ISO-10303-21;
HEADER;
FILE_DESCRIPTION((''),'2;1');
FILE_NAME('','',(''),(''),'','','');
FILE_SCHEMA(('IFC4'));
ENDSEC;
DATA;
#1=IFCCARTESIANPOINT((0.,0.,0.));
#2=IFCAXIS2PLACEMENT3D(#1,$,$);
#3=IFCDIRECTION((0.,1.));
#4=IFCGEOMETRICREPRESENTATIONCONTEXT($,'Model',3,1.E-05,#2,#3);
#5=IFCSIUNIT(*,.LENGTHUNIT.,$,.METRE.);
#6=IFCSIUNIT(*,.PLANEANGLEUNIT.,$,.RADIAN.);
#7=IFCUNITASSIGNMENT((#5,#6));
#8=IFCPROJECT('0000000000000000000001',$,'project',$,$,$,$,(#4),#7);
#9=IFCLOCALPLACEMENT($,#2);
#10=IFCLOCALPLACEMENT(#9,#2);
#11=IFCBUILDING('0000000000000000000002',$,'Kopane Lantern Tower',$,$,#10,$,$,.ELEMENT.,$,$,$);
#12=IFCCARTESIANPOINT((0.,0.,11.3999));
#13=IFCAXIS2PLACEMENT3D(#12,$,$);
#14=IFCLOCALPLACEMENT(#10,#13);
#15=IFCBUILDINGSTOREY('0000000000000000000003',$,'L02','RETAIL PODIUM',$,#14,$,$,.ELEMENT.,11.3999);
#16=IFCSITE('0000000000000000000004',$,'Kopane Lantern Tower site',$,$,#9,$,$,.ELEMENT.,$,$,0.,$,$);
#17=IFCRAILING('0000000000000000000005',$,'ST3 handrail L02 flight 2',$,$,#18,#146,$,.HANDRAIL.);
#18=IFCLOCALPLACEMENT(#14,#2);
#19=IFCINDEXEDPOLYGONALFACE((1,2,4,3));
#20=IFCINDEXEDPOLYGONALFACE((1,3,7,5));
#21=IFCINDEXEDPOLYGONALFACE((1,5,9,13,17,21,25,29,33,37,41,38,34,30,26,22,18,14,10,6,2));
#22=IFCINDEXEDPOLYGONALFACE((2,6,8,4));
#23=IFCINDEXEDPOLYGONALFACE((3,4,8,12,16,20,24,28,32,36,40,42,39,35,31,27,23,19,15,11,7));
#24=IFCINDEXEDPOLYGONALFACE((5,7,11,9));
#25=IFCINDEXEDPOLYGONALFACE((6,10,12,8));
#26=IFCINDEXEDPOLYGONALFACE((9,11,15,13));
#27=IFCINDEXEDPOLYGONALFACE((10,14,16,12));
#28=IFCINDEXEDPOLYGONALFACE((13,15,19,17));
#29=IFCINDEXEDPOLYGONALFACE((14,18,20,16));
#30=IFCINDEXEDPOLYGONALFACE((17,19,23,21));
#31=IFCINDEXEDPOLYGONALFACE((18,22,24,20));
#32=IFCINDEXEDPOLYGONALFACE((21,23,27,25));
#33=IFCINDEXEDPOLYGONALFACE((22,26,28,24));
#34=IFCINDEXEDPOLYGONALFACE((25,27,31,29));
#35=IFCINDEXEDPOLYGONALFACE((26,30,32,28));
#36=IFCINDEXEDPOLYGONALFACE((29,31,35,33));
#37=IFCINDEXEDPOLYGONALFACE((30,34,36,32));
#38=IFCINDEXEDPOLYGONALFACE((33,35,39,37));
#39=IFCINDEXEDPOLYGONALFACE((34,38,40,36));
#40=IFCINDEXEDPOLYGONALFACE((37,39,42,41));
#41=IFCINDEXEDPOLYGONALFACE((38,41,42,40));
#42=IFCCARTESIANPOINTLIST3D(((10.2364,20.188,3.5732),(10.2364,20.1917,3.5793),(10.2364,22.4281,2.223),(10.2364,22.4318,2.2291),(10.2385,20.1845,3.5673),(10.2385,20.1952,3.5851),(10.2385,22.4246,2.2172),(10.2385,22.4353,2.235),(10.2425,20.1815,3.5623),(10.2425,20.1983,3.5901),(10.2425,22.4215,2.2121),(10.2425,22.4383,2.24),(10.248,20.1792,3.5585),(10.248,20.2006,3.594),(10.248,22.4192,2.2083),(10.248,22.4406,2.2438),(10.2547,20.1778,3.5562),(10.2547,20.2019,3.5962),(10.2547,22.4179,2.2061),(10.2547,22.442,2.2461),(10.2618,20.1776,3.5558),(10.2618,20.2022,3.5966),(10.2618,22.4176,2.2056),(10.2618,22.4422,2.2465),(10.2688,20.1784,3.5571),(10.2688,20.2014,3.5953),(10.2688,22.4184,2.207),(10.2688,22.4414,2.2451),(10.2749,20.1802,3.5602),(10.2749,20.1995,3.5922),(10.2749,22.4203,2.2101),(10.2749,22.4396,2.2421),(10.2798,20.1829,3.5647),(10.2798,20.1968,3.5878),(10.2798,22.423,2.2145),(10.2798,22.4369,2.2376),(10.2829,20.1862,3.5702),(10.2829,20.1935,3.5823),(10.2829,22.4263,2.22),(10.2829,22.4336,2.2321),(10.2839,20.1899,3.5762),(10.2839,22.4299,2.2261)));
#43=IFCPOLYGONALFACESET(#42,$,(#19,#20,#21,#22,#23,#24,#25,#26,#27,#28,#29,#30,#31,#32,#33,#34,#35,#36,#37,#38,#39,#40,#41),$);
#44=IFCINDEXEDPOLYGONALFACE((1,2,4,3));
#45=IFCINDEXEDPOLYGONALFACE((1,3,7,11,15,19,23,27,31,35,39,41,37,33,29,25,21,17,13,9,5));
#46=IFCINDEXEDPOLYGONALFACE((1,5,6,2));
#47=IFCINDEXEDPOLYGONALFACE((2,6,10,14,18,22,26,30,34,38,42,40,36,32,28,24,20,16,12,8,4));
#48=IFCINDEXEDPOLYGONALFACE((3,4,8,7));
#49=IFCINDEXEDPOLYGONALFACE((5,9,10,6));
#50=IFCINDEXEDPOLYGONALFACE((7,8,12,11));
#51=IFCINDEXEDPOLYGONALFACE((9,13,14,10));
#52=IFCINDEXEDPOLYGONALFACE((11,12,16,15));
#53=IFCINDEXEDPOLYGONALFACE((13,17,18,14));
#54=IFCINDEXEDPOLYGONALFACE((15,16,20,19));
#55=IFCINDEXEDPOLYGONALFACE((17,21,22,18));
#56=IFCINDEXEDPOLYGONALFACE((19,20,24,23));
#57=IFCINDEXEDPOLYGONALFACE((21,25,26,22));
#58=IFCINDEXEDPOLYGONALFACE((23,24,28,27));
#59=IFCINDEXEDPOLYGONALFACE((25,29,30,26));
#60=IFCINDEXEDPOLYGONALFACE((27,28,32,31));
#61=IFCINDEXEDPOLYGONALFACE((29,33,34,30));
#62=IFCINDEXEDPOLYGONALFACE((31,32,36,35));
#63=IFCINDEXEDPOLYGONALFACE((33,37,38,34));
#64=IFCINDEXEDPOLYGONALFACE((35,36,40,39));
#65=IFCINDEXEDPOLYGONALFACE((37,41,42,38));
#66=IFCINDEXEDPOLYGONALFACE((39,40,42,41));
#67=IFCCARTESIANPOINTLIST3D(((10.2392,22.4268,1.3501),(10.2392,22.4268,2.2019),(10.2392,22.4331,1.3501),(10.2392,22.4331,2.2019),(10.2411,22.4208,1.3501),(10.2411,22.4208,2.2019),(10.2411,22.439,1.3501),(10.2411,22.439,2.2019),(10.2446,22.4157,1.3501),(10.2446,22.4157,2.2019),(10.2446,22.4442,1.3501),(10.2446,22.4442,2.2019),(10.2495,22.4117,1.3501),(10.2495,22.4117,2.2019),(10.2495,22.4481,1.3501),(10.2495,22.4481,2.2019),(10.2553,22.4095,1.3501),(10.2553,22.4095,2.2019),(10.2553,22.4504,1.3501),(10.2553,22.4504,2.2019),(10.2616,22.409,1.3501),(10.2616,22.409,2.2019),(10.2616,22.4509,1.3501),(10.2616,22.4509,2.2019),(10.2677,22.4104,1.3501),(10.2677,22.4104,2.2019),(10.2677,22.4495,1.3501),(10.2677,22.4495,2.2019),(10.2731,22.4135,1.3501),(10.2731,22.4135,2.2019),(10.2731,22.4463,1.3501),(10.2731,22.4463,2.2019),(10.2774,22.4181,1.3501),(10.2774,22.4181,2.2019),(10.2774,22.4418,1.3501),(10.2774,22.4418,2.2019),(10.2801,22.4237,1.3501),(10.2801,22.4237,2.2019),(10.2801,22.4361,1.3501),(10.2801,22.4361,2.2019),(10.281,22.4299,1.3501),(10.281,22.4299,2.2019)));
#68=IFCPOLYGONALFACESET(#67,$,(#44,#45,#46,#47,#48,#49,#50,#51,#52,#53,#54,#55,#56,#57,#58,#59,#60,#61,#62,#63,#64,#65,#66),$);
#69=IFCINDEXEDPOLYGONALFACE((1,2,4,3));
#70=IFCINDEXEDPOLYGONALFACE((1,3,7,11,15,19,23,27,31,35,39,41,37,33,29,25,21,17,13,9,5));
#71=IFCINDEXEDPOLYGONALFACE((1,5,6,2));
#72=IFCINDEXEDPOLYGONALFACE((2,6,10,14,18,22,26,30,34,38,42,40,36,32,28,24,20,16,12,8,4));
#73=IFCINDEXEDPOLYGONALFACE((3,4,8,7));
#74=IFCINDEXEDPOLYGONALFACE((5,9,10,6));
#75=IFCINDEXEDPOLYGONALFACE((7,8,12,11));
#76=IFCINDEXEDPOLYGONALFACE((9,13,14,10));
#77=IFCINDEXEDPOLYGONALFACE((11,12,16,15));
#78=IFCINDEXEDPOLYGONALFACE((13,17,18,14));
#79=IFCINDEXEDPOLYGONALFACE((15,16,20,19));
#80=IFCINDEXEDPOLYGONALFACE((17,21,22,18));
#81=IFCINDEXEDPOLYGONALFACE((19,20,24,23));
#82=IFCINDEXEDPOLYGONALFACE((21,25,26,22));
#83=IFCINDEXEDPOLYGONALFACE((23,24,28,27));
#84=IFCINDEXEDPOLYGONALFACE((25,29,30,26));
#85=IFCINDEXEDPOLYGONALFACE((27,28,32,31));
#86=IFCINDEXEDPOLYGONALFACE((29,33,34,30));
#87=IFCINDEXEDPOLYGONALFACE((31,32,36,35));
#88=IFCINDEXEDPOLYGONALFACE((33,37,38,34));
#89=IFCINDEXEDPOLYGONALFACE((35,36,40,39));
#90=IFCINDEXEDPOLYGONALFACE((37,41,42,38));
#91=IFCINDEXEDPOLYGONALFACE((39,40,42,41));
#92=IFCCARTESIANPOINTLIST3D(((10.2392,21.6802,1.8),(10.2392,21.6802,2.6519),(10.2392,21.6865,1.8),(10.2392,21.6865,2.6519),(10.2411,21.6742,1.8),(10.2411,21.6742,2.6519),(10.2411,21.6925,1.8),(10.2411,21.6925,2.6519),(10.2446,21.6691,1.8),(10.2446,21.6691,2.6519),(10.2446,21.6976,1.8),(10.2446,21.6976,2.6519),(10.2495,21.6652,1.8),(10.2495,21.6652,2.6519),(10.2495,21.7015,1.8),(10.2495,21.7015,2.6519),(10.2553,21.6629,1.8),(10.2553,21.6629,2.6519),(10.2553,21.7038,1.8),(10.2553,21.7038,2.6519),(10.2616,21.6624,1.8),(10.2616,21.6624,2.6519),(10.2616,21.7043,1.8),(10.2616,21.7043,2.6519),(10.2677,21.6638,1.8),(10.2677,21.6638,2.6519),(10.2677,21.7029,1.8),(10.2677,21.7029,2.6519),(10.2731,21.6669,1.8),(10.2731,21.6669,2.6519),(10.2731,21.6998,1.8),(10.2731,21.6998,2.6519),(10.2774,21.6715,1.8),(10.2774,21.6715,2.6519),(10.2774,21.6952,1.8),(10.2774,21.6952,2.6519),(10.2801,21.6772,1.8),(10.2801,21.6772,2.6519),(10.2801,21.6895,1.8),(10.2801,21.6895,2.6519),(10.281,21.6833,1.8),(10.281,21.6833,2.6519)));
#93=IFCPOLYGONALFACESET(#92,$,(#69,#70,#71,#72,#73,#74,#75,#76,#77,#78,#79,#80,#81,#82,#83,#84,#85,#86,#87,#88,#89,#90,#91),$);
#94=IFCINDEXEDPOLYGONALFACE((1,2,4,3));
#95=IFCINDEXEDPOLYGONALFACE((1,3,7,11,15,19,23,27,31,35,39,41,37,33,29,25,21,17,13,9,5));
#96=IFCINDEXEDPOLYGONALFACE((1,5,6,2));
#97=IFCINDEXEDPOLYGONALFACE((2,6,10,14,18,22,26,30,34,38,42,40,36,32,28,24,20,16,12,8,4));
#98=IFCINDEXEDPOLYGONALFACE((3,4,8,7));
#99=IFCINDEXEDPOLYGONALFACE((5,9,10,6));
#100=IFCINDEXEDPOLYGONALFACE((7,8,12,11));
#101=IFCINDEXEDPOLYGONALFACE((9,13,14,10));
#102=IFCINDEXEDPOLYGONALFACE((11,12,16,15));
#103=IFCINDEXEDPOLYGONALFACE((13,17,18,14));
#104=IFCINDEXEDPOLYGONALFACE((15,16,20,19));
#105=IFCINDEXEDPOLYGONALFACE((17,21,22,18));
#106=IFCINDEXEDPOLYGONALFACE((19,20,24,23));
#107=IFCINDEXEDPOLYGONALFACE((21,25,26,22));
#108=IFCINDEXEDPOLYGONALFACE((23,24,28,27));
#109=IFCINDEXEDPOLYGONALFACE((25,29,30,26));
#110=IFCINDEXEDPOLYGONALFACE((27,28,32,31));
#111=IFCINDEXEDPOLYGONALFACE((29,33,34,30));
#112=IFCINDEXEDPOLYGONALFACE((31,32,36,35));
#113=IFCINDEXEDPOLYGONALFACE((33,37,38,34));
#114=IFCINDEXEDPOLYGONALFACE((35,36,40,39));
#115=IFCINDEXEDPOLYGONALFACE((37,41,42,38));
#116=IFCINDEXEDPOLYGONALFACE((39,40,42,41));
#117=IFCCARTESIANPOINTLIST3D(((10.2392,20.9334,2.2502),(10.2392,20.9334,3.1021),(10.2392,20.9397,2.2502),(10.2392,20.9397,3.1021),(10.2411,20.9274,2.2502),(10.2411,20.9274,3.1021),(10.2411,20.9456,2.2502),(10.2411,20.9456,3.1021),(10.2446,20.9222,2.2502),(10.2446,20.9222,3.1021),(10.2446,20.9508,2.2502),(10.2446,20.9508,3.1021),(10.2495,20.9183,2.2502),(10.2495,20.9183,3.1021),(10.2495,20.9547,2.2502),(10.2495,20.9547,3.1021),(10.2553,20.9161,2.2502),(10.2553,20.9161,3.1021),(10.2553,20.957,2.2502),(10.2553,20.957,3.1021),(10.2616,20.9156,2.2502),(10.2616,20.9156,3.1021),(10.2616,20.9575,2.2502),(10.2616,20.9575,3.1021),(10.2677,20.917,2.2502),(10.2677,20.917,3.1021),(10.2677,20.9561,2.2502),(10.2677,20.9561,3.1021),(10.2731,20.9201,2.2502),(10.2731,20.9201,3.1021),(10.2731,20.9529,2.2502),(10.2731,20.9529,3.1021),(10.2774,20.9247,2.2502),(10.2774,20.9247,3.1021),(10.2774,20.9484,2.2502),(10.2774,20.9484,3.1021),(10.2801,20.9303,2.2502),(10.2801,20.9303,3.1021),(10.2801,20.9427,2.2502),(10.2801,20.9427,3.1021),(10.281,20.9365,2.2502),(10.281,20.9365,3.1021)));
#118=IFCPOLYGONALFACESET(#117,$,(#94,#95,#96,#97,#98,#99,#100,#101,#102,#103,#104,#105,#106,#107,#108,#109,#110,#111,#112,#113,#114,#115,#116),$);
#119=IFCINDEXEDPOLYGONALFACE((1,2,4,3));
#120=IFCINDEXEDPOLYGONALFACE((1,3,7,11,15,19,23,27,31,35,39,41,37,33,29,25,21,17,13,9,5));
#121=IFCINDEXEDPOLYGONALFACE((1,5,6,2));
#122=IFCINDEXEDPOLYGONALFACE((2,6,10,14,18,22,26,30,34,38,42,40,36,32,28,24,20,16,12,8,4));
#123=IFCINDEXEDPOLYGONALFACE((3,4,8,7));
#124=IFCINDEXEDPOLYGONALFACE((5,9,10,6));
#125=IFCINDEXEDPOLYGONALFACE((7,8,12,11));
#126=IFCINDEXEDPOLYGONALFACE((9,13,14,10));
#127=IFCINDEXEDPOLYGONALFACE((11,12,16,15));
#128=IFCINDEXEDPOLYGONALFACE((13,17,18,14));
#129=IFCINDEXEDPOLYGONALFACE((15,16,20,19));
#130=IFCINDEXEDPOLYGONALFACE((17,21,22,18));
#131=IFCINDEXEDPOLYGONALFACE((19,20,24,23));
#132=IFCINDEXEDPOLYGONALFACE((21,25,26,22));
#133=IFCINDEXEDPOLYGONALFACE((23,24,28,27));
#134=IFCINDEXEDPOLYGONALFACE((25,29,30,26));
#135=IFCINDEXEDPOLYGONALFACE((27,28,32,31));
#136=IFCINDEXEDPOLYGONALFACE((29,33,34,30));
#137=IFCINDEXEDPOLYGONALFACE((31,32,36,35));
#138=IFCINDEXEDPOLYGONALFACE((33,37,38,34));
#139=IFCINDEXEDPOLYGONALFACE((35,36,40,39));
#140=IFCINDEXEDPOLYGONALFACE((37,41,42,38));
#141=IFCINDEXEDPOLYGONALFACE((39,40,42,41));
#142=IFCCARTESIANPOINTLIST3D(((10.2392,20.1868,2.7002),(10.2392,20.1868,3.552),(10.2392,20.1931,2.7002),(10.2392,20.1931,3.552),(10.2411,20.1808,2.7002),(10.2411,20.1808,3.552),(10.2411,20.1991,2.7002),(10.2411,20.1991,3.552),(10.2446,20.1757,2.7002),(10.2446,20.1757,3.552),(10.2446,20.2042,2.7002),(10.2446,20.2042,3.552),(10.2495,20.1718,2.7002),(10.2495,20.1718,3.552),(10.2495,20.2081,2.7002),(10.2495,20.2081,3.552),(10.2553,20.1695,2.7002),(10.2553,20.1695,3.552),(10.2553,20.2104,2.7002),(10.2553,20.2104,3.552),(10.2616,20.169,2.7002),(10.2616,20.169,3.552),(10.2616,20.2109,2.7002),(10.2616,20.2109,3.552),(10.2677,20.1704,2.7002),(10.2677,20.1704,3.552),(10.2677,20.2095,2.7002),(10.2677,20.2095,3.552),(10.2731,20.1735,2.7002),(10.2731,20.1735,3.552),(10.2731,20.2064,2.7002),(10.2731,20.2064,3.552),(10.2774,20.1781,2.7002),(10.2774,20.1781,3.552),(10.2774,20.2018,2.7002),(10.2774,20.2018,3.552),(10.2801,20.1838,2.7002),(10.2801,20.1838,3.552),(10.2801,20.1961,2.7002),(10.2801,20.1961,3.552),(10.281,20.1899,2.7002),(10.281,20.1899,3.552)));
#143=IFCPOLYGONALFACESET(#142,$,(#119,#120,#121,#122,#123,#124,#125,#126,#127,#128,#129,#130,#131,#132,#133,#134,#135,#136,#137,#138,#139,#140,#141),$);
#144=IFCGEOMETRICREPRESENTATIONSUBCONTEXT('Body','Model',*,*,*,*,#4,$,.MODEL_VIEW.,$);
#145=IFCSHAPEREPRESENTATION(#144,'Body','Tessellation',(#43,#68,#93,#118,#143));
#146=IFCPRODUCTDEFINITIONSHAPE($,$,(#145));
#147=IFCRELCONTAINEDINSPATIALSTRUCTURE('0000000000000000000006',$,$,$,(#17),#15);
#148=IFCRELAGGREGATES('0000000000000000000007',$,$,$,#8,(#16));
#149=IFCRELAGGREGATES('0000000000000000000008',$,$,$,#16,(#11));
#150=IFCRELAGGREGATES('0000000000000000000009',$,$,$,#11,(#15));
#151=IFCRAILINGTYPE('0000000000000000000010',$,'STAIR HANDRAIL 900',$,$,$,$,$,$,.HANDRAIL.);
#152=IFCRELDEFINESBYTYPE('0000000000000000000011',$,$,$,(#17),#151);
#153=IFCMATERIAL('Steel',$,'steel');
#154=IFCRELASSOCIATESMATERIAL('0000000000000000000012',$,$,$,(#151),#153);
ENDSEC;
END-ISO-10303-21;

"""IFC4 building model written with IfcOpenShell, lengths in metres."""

from ifc_helpers import new_model, si_unit, direction, frame, origin, origin_2d, place, context, subcontext, project, spatial, circle, extrude, material, type_object, element, save


model = new_model("IFC4")

# Units and contexts
model_context = context("Model", 3, precision=1e-05, world=origin(), true_north=direction((0.0, 1.0)))
body_context = subcontext(model_context, "Body", "Model", "MODEL_VIEW")
ifc_project = project(units=[si_unit("LENGTHUNIT", "METRE"), si_unit("PLANEANGLEUNIT", "RADIAN")], contexts=[model_context])

# Site, building, storey
site_placement = place(None, origin())
site = spatial("IfcSite", under=ifc_project, at=site_placement, Name="Kopane Lantern Tower site", CompositionType="ELEMENT", RefElevation=0.0)
building_placement = place(site_placement, origin())
building = spatial("IfcBuilding", under=site, at=building_placement, Name="Kopane Lantern Tower", CompositionType="ELEMENT")
storey_placement = place(building_placement, frame((0.0, 0.0, 11.3999)))
storey = spatial("IfcBuildingStorey", under=building, at=storey_placement, Name="L02", Description="RETAIL PODIUM", CompositionType="ELEMENT", Elevation=11.3999)

# Railing
ifc_material_1 = material(Name="Steel", Category="steel")
railing_type_1 = type_object("IfcRailingType", Name="STAIR HANDRAIL 900", PredefinedType="HANDRAIL", material=ifc_material_1)
for number, where, name in (
    (1, (10.26, 22.4299, 1.3501), "ST3 handrail L02 flight 2"),
):
    element("IfcRailing", number, at=place(storey_placement, frame(where)), inside=storey, type_object=railing_type_1, Name=name, PredefinedType="HANDRAIL", context=body_context, shape_type="SweptSolid", body=[
        extrude(circle(Radius=0.0239, at=origin_2d()), frame((0.0, 0.0, 0.876), z_axis=(0.0, -0.856462, 0.516211), x_axis=(1.0, 0.0, 0.0)), (0.0, 0.0, 1.0), 2.6155),
        extrude(circle(Radius=0.021, at=origin_2d()), origin(), (0.0, 0.0, 1.0), 0.8518),
        extrude(circle(Radius=0.021, at=origin_2d()), frame((0.0, -0.7466, 0.45)), (0.0, 0.0, 1.0), 0.8518),
        extrude(circle(Radius=0.021, at=origin_2d()), frame((0.0, -1.4934, 0.9001)), (0.0, 0.0, 1.0), 0.8518),
        extrude(circle(Radius=0.021, at=origin_2d()), frame((0.0, -2.24, 1.3501)), (0.0, 0.0, 1.0), 0.8518),
    ])

save(model, "model.ifc")
